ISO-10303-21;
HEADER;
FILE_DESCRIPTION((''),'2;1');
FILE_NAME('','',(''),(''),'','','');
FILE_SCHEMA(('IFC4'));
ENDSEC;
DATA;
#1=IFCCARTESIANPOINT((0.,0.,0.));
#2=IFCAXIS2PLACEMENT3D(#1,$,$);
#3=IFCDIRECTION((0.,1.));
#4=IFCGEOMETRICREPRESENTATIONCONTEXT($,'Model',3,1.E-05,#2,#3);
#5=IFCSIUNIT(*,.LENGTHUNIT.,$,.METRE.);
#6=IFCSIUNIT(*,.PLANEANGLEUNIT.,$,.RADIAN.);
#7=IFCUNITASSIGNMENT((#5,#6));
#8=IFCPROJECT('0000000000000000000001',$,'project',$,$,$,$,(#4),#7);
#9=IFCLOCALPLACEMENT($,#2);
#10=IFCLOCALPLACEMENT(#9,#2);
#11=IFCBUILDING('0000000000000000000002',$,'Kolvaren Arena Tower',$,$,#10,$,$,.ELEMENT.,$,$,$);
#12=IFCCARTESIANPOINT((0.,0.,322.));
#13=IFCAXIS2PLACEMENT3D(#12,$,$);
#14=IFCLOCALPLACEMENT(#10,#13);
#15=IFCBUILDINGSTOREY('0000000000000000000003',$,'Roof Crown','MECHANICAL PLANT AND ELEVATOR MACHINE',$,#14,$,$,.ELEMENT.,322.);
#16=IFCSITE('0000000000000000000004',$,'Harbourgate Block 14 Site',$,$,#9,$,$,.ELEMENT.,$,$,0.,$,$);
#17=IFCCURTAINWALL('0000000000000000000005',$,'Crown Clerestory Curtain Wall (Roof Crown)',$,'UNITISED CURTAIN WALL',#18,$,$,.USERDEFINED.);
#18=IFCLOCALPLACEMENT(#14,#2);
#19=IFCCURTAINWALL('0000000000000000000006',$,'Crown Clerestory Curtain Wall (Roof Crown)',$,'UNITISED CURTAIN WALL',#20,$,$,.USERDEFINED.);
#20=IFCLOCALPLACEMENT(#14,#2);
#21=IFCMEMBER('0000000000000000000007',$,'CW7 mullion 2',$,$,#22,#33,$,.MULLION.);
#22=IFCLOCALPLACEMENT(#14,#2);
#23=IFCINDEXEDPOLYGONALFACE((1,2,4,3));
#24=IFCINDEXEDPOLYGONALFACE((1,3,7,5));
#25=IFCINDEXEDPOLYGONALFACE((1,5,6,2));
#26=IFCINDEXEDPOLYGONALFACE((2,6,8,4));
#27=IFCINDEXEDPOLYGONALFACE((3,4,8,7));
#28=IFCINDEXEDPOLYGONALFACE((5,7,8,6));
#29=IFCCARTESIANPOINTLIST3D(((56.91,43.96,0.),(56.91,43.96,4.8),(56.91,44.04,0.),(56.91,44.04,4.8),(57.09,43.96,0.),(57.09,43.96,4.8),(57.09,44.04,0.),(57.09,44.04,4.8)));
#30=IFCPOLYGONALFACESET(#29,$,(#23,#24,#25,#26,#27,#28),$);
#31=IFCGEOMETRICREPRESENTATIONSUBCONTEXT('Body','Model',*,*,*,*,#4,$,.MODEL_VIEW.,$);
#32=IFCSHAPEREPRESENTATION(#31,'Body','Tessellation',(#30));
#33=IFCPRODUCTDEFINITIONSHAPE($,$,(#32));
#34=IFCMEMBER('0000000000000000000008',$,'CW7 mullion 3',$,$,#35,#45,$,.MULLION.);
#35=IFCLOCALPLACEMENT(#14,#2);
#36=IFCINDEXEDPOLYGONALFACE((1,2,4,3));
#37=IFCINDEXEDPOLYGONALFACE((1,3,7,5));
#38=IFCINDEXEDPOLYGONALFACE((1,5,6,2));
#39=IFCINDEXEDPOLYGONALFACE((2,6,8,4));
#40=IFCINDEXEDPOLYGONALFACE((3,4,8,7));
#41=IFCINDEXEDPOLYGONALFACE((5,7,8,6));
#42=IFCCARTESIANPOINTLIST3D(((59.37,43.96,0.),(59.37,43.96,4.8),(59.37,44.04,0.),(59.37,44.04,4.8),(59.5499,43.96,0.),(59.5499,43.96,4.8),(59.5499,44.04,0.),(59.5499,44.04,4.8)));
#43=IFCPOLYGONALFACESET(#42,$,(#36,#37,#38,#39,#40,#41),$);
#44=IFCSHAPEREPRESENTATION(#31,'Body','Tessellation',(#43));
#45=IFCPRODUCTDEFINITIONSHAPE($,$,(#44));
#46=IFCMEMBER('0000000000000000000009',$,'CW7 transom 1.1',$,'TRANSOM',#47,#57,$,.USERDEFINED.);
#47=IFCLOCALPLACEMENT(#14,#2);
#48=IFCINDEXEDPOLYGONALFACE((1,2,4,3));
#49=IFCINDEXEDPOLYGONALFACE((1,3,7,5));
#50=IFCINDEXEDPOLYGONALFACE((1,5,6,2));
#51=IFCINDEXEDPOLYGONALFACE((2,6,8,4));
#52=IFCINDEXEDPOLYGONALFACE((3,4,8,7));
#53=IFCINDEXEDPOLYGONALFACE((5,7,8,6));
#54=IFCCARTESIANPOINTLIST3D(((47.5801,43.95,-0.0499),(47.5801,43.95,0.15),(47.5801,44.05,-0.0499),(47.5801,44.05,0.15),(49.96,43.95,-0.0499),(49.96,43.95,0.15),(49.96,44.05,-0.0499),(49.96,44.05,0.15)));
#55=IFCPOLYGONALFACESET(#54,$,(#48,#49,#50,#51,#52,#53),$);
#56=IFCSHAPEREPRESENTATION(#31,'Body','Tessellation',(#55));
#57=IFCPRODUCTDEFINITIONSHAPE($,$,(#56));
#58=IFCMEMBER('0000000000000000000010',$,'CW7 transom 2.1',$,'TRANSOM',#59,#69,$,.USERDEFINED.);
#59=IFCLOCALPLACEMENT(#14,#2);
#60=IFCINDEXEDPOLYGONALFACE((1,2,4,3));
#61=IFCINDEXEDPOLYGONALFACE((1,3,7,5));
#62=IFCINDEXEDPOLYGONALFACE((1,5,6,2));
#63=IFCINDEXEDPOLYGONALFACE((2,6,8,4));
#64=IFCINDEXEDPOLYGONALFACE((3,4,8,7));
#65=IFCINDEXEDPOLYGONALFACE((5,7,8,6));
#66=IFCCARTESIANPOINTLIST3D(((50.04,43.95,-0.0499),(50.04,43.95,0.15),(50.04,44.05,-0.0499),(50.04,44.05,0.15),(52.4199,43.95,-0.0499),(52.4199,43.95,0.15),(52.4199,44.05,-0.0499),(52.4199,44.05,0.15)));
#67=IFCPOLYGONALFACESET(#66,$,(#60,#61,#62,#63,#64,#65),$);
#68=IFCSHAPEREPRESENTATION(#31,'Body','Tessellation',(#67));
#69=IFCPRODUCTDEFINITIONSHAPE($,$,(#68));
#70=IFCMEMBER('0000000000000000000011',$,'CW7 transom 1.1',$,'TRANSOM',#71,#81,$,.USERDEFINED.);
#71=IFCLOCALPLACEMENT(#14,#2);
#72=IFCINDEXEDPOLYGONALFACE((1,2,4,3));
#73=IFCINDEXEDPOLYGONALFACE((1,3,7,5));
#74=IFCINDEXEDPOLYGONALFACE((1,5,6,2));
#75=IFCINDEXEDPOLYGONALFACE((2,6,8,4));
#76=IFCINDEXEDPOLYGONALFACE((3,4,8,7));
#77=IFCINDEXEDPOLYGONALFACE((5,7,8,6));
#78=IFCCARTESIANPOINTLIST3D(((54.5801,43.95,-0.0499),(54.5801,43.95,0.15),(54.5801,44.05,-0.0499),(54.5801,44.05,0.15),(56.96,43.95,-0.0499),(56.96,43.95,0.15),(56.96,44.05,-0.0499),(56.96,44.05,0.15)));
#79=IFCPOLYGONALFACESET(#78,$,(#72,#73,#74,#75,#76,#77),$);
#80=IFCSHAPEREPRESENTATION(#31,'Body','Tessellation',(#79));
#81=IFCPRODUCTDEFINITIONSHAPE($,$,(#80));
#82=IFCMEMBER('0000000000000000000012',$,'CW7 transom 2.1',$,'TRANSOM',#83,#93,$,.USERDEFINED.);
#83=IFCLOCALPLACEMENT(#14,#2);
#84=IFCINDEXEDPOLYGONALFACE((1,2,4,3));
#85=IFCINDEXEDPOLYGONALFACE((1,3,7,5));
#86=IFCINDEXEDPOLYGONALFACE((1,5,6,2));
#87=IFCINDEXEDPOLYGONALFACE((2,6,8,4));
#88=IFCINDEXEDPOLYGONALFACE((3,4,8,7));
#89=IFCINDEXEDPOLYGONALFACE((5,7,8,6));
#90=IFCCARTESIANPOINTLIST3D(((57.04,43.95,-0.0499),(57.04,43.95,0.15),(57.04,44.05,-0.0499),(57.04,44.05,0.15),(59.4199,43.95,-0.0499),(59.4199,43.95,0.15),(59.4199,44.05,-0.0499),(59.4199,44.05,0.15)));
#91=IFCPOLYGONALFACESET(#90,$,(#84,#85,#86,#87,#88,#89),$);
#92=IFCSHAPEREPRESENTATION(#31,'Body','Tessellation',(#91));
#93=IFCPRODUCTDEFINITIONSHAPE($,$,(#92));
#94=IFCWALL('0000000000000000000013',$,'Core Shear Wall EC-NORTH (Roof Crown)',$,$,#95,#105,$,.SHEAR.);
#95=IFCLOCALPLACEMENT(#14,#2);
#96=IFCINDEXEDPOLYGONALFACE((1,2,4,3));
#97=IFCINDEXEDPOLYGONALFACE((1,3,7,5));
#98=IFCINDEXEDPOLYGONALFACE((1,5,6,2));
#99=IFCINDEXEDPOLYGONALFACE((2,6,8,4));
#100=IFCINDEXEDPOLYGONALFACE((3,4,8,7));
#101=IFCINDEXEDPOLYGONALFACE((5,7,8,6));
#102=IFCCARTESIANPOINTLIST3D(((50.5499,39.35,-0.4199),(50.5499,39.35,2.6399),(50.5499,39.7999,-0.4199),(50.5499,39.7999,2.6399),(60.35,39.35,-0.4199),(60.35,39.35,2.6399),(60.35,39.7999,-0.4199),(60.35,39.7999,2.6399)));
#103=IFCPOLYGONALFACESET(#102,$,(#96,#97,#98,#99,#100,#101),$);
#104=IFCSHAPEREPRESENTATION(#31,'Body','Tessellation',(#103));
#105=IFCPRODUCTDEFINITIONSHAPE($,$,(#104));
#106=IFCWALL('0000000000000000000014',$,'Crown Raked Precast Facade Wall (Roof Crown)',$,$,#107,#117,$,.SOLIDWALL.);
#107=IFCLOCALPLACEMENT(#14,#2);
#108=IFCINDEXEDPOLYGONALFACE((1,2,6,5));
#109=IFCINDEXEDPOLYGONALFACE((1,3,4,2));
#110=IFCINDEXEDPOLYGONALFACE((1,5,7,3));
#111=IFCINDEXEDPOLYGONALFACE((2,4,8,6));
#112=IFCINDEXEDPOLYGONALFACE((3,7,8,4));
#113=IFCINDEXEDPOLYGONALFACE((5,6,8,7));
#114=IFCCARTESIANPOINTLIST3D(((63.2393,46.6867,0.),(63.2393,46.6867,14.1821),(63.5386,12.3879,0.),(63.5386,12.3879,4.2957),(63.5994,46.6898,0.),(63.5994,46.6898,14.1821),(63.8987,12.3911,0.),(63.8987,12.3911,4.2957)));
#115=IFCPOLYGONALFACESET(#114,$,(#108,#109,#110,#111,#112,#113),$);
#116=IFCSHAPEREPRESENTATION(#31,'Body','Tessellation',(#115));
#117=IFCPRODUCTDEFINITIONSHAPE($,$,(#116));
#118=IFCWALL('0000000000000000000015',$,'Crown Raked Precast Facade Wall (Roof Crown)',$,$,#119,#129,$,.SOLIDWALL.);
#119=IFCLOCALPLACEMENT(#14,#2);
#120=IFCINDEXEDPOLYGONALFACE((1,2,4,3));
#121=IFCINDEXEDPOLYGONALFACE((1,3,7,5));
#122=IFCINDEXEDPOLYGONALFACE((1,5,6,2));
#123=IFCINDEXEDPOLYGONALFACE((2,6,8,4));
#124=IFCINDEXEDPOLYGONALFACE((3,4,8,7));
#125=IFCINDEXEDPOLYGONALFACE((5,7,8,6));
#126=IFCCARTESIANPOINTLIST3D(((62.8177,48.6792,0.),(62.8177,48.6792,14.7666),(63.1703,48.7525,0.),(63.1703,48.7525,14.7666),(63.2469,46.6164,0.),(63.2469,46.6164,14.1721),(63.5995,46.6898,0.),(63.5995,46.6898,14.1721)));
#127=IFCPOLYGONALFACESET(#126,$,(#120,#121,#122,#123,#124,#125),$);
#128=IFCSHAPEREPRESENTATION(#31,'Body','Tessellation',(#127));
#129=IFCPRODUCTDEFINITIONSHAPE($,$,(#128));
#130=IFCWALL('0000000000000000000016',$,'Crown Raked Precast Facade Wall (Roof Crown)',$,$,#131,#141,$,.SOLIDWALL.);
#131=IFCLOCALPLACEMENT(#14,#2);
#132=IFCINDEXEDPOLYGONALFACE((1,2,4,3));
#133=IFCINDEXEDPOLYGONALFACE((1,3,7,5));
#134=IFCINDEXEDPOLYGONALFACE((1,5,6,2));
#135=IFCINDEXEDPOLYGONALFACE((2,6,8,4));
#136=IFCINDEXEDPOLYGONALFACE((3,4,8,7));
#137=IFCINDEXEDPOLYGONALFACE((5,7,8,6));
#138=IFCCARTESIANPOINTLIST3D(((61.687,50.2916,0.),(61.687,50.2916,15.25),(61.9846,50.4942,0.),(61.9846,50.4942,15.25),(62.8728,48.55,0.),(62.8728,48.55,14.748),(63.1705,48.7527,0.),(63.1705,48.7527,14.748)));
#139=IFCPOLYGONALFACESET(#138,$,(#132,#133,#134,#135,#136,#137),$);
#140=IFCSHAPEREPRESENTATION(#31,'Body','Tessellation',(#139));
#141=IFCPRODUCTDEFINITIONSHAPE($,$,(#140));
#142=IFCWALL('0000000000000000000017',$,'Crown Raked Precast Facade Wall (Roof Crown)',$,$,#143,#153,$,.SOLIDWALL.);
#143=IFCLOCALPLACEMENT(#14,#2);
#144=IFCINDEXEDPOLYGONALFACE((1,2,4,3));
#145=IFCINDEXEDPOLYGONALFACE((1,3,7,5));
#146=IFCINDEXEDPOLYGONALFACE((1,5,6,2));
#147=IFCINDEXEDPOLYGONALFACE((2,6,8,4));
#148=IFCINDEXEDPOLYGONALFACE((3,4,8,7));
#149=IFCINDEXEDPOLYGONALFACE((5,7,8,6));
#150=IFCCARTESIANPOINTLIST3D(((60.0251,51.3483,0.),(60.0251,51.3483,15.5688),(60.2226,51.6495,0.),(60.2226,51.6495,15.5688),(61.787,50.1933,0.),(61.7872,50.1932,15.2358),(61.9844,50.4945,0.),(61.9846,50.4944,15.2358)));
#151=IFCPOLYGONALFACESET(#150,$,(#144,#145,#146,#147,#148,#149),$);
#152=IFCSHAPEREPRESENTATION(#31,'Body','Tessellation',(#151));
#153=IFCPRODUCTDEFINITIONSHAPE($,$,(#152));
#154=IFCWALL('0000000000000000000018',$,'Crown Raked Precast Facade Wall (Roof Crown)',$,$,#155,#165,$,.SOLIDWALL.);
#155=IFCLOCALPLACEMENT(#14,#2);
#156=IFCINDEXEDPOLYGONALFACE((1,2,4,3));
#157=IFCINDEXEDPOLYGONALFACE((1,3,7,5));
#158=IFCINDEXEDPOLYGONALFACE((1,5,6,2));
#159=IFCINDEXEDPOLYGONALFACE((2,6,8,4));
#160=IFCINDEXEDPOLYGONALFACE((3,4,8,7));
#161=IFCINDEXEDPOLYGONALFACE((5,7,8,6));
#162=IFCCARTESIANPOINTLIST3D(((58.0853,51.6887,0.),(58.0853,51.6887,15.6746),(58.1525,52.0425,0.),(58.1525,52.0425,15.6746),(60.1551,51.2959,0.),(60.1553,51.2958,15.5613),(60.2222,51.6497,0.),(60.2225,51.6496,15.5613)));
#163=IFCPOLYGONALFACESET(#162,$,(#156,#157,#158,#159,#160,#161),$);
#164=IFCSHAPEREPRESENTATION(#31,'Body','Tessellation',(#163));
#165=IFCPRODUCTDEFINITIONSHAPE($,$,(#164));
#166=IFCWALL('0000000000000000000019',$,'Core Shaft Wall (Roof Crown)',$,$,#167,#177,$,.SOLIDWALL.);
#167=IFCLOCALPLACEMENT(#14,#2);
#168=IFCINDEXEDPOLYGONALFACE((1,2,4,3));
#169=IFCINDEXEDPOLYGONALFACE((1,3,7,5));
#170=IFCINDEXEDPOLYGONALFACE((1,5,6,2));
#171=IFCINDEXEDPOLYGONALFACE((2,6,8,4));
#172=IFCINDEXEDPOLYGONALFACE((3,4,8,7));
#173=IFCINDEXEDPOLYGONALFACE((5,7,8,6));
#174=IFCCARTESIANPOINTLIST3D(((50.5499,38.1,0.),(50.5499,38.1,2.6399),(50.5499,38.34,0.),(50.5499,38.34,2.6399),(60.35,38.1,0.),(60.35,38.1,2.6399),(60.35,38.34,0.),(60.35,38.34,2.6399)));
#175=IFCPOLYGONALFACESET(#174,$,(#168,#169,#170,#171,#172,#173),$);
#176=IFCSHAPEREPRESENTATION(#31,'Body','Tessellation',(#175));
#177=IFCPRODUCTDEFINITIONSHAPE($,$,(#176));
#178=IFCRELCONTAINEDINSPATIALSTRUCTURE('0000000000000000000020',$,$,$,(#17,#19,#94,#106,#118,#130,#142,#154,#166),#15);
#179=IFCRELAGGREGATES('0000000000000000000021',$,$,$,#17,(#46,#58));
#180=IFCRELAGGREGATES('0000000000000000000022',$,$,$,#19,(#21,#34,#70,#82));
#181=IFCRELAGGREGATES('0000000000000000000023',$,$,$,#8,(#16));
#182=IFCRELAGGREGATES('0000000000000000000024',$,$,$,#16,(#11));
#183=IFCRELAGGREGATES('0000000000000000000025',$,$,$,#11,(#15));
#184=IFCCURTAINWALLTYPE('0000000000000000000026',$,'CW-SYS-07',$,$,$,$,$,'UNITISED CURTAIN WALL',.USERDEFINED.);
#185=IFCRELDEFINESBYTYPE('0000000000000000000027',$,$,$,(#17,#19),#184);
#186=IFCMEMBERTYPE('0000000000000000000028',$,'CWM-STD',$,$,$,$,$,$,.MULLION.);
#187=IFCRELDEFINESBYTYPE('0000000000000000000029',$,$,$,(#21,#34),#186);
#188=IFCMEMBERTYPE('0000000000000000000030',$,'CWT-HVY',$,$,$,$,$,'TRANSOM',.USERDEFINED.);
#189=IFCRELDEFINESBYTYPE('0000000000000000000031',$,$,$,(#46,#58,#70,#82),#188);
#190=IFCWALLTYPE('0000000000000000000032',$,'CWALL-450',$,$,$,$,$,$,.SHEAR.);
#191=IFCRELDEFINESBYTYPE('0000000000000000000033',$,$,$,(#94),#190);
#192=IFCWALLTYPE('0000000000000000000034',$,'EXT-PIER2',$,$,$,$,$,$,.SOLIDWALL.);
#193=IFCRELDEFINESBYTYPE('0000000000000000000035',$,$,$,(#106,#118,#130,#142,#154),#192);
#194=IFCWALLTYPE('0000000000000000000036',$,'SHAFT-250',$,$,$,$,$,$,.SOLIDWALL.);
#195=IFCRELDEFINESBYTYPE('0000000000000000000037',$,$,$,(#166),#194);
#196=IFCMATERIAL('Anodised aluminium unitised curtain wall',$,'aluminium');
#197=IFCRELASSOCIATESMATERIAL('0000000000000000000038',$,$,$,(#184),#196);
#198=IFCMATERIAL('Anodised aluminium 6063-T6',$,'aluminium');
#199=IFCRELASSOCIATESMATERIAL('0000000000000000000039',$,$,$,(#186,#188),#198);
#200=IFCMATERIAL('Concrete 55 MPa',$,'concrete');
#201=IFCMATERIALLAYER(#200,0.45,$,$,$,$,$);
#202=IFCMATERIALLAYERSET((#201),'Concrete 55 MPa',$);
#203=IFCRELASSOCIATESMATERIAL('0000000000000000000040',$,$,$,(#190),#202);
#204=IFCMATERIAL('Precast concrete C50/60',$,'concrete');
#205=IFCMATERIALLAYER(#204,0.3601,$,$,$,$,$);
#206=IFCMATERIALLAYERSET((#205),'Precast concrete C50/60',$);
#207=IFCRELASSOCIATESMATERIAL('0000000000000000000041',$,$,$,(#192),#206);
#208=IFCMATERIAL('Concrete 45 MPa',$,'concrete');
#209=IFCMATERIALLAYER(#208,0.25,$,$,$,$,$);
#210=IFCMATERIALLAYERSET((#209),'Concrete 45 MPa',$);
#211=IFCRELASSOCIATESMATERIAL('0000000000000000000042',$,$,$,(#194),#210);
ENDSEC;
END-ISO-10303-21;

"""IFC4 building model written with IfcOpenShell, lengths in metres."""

from ifc_helpers import new_model, si_unit, direction, frame, frame_2d, origin, origin_2d, place, context, subcontext, project, spatial, polyline, rectangle, outline, extrude, material, layer, layer_set, material_profile, profile_set, type_object, element, aggregate, save


model = new_model("IFC4")

# Units and contexts
model_context = context("Model", 3, precision=1e-05, world=origin(), true_north=direction((0.0, 1.0)))
body_context = subcontext(model_context, "Body", "Model", "MODEL_VIEW")
ifc_project = project(units=[si_unit("LENGTHUNIT", "METRE"), si_unit("PLANEANGLEUNIT", "RADIAN")], contexts=[model_context])

# Site, building, storey
site_placement = place(None, origin())
site = spatial("IfcSite", under=ifc_project, at=site_placement, Name="Harbourgate Block 14 Site", CompositionType="ELEMENT", RefElevation=0.0)
building_placement = place(site_placement, origin())
building = spatial("IfcBuilding", under=site, at=building_placement, Name="Kolvaren Arena Tower", CompositionType="ELEMENT")
storey_placement = place(building_placement, frame((0.0, 0.0, 322.0)))
storey = spatial("IfcBuildingStorey", under=building, at=storey_placement, Name="Roof Crown", Description="MECHANICAL PLANT AND ELEVATOR MACHINE", CompositionType="ELEMENT", Elevation=322.0)

# Shared definitions
ifc_material_1 = material(Name="Precast concrete C50/60", Category="concrete")

# Curtain walls, members
ifc_material_2 = material(Name="Anodised aluminium unitised curtain wall", Category="aluminium")
curtain_wall_type = type_object("IfcCurtainWallType", Name="CW-SYS-07", ElementType="UNITISED CURTAIN WALL", PredefinedType="USERDEFINED", material=ifc_material_2)
curtain_wall_1_placement = place(storey_placement, origin())
curtain_wall_1 = element("IfcCurtainWall", 1, at=curtain_wall_1_placement, inside=storey, type_object=curtain_wall_type, Name="Crown Clerestory Curtain Wall (Roof Crown)", ObjectType="UNITISED CURTAIN WALL", PredefinedType="USERDEFINED")
ifc_material_3 = material(Name="Anodised aluminium 6063-T6", Category="aluminium")
ifc_material_profile_1 = material_profile(ifc_material_3, rectangle(XDim=0.0801, YDim=0.1799, at=origin_2d()), Name="ALU-80x180")
ifc_profile_set_1 = profile_set([ifc_material_profile_1], Name="Anodised aluminium 6063-T6")
member_type_1 = type_object("IfcMemberType", Name="CWM-STD", PredefinedType="MULLION", material=ifc_profile_set_1)
curtain_wall_2_placement = place(storey_placement, origin())
curtain_wall_2 = element("IfcCurtainWall", 2, at=curtain_wall_2_placement, inside=storey, type_object=curtain_wall_type, Name="Crown Clerestory Curtain Wall (Roof Crown)", ObjectType="UNITISED CURTAIN WALL", PredefinedType="USERDEFINED")
member_1_placement = place(storey_placement, frame((57.0, 44.0, 0.0), z_axis=(0.0, 0.0, 1.0), x_axis=(0.0, 1.0, 0.0)))
member_1 = element("IfcMember", 3, at=member_1_placement, type_object=member_type_1, Name="CW7 mullion 2", PredefinedType="MULLION", context=body_context, shape_type="SweptSolid", body=[
    extrude(rectangle(XDim=0.0801, YDim=0.1799, at=origin_2d()), origin(), (0.0, 0.0, 1.0), 4.8),
])
member_2_placement = place(storey_placement, frame((59.46, 44.0, 0.0), z_axis=(0.0, 0.0, 1.0), x_axis=(0.0, 1.0, 0.0)))
member_2 = element("IfcMember", 4, at=member_2_placement, type_object=member_type_1, Name="CW7 mullion 3", PredefinedType="MULLION", context=body_context, shape_type="SweptSolid", body=[
    extrude(rectangle(XDim=0.0801, YDim=0.1799, at=origin_2d()), origin(), (0.0, 0.0, 1.0), 4.8),
])

# Members
ifc_material_profile_2 = material_profile(ifc_material_3, rectangle(XDim=0.1001, YDim=0.2, at=origin_2d()), Name="ALU-100x200")
ifc_profile_set_2 = profile_set([ifc_material_profile_2], Name="Anodised aluminium 6063-T6")
member_type_2 = type_object("IfcMemberType", Name="CWT-HVY", ElementType="TRANSOM", PredefinedType="USERDEFINED", material=ifc_profile_set_2)
member_3_placement = place(storey_placement, frame((47.5801, 44.0, 0.05), z_axis=(1.0, 0.0, 0.0), x_axis=(0.0, 1.0, 0.0)))
member_3 = element("IfcMember", 5, at=member_3_placement, type_object=member_type_2, Name="CW7 transom 1.1", ObjectType="TRANSOM", PredefinedType="USERDEFINED", context=body_context, shape_type="SweptSolid", body=[
    extrude(rectangle(XDim=0.1001, YDim=0.2, at=origin_2d()), origin(), (0.0, 0.0, 1.0), 2.3799),
])
member_4_placement = place(storey_placement, frame((50.04, 44.0, 0.05), z_axis=(1.0, 0.0, 0.0), x_axis=(0.0, 1.0, 0.0)))
member_4 = element("IfcMember", 6, at=member_4_placement, type_object=member_type_2, Name="CW7 transom 2.1", ObjectType="TRANSOM", PredefinedType="USERDEFINED", context=body_context, shape_type="SweptSolid", body=[
    extrude(rectangle(XDim=0.1001, YDim=0.2, at=origin_2d()), origin(), (0.0, 0.0, 1.0), 2.3799),
])
aggregate(curtain_wall_1, [member_3, member_4])
member_5_placement = place(storey_placement, frame((54.5801, 44.0, 0.05), z_axis=(1.0, 0.0, 0.0), x_axis=(0.0, 1.0, 0.0)))
member_5 = element("IfcMember", 7, at=member_5_placement, type_object=member_type_2, Name="CW7 transom 1.1", ObjectType="TRANSOM", PredefinedType="USERDEFINED", context=body_context, shape_type="SweptSolid", body=[
    extrude(rectangle(XDim=0.1001, YDim=0.2, at=origin_2d()), origin(), (0.0, 0.0, 1.0), 2.3799),
])
member_6_placement = place(storey_placement, frame((57.04, 44.0, 0.05), z_axis=(1.0, 0.0, 0.0), x_axis=(0.0, 1.0, 0.0)))
member_6 = element("IfcMember", 8, at=member_6_placement, type_object=member_type_2, Name="CW7 transom 2.1", ObjectType="TRANSOM", PredefinedType="USERDEFINED", context=body_context, shape_type="SweptSolid", body=[
    extrude(rectangle(XDim=0.1001, YDim=0.2, at=origin_2d()), origin(), (0.0, 0.0, 1.0), 2.3799),
])
aggregate(curtain_wall_2, [member_1, member_2, member_5, member_6])

# Walls
ifc_material_4 = material(Name="Concrete 55 MPa", Category="concrete")
ifc_layer_1 = layer(ifc_material_4, 0.45)
ifc_layer_set_1 = layer_set([ifc_layer_1], Name="Concrete 55 MPa")
wall_type_1 = type_object("IfcWallType", Name="CWALL-450", PredefinedType="SHEAR", material=ifc_layer_set_1)
wall_1_placement = place(storey_placement, frame((50.55, 39.575, -0.4199), z_axis=(0.0, 0.0, 1.0), x_axis=(1.0, 0.0, 0.0)))
element("IfcWall", 9, at=wall_1_placement, inside=storey, type_object=wall_type_1, Name="Core Shear Wall EC-NORTH (Roof Crown)", PredefinedType="SHEAR", context=body_context, shape_type="SweptSolid", body=[
    extrude(rectangle(XDim=9.8, YDim=0.45, at=frame_2d((4.8999, 0.0))), origin(), (0.0, 0.0, 1.0), 3.0598),
])
ifc_layer_2 = layer(ifc_material_1, 0.3601)
ifc_layer_set_2 = layer_set([ifc_layer_2], Name="Precast concrete C50/60")
wall_type_2 = type_object("IfcWallType", Name="EXT-PIER2", PredefinedType="SOLIDWALL", material=ifc_layer_set_2)
wall_2_placement = place(storey_placement, frame((63.4192, 46.6882, 0.0), z_axis=(0.0, 0.0, 1.0), x_axis=(0.008726, -0.999962, 0.0)))
element("IfcWall", 10, at=wall_2_placement, inside=storey, type_object=wall_type_2, Name="Crown Raked Precast Facade Wall (Roof Crown)", PredefinedType="SOLIDWALL", context=body_context, shape_type="SweptSolid", body=[
    extrude(outline(polyline([(0.0, 0.0), (34.3, 0.0), (34.3, 4.2957), (0.0, 14.1821), (0.0, 0.0)])), frame((0.0, 0.1802, 0.0), z_axis=(0.0, -1.0, 0.0), x_axis=(1.0, 0.0, 0.0)), (0.0, 0.0, 1.0), 0.3601),
])
wall_3_placement = place(storey_placement, frame((62.9939, 48.7158, 0.0), z_axis=(0.0, 0.0, 1.0), x_axis=(0.203709, -0.979031, 0.0)))
element("IfcWall", 11, at=wall_3_placement, inside=storey, type_object=wall_type_2, Name="Crown Raked Precast Facade Wall (Roof Crown)", PredefinedType="SOLIDWALL", context=body_context, shape_type="SweptSolid", body=[
    extrude(outline(polyline([(0.0, 0.0), (2.1069, 0.0), (2.1069, 14.1721), (0.0, 14.7666), (0.0, 0.0)])), frame((0.0, 0.1802, 0.0), z_axis=(0.0, -1.0, 0.0), x_axis=(1.0, 0.0, 0.0)), (0.0, 0.0, 1.0), 0.3601),
])
wall_4_placement = place(storey_placement, frame((61.8357, 50.3928, 0.0), z_axis=(0.0, 0.0, 1.0), x_axis=(0.56283, -0.826573, 0.0)))
element("IfcWall", 12, at=wall_4_placement, inside=storey, type_object=wall_type_2, Name="Crown Raked Precast Facade Wall (Roof Crown)", PredefinedType="SOLIDWALL", context=body_context, shape_type="SweptSolid", body=[
    extrude(outline(polyline([(0.0, 0.0), (2.1069, 0.0), (2.1069, 14.748), (0.0, 15.25), (0.0, 0.0)])), frame((0.0, 0.1802, 0.0), z_axis=(0.0, -1.0, 0.0), x_axis=(1.0, 0.0, 0.0)), (0.0, 0.0, 1.0), 0.3601),
])
wall_5_placement = place(storey_placement, frame((60.1238, 51.4988, 0.0), z_axis=(0.0, 0.0, 1.0), x_axis=(0.836322, -0.548239, 0.0)))
element("IfcWall", 13, at=wall_5_placement, inside=storey, type_object=wall_type_2, Name="Crown Raked Precast Facade Wall (Roof Crown)", PredefinedType="SOLIDWALL", context=body_context, shape_type="SweptSolid", body=[
    extrude(outline(polyline([(0.0, 0.0), (2.1067, 0.0), (2.1069, 15.2358), (0.0, 15.5688), (0.0, 0.0)])), frame((0.0, 0.1802, 0.0), z_axis=(0.0, -1.0, 0.0), x_axis=(1.0, 0.0, 0.0)), (0.0, 0.0, 1.0), 0.3601),
])
wall_6_placement = place(storey_placement, frame((58.1189, 51.8655, 0.0), z_axis=(0.0, 0.0, 1.0), x_axis=(0.982463, -0.186457, 0.0)))
element("IfcWall", 14, at=wall_6_placement, inside=storey, type_object=wall_type_2, Name="Crown Raked Precast Facade Wall (Roof Crown)", PredefinedType="SOLIDWALL", context=body_context, shape_type="SweptSolid", body=[
    extrude(outline(polyline([(0.0, 0.0), (2.1067, 0.0), (2.1069, 15.5613), (0.0, 15.6746), (0.0, 0.0)])), frame((0.0, 0.1802, 0.0), z_axis=(0.0, -1.0, 0.0), x_axis=(1.0, 0.0, 0.0)), (0.0, 0.0, 1.0), 0.3601),
])
ifc_material_5 = material(Name="Concrete 45 MPa", Category="concrete")
ifc_layer_3 = layer(ifc_material_5, 0.25)
ifc_layer_set_3 = layer_set([ifc_layer_3], Name="Concrete 45 MPa")
wall_type_3 = type_object("IfcWallType", Name="SHAFT-250", PredefinedType="SOLIDWALL", material=ifc_layer_set_3)
wall_7_placement = place(storey_placement, frame((50.55, 38.22, 0.0), z_axis=(0.0, 0.0, 1.0), x_axis=(1.0, 0.0, 0.0)))
element("IfcWall", 15, at=wall_7_placement, inside=storey, type_object=wall_type_3, Name="Core Shaft Wall (Roof Crown)", PredefinedType="SOLIDWALL", context=body_context, shape_type="SweptSolid", body=[
    extrude(rectangle(XDim=9.8, YDim=0.24, at=frame_2d((4.8999, 0.0))), origin(), (0.0, 0.0, 1.0), 2.6399),
])

save(model, "model.ifc")
